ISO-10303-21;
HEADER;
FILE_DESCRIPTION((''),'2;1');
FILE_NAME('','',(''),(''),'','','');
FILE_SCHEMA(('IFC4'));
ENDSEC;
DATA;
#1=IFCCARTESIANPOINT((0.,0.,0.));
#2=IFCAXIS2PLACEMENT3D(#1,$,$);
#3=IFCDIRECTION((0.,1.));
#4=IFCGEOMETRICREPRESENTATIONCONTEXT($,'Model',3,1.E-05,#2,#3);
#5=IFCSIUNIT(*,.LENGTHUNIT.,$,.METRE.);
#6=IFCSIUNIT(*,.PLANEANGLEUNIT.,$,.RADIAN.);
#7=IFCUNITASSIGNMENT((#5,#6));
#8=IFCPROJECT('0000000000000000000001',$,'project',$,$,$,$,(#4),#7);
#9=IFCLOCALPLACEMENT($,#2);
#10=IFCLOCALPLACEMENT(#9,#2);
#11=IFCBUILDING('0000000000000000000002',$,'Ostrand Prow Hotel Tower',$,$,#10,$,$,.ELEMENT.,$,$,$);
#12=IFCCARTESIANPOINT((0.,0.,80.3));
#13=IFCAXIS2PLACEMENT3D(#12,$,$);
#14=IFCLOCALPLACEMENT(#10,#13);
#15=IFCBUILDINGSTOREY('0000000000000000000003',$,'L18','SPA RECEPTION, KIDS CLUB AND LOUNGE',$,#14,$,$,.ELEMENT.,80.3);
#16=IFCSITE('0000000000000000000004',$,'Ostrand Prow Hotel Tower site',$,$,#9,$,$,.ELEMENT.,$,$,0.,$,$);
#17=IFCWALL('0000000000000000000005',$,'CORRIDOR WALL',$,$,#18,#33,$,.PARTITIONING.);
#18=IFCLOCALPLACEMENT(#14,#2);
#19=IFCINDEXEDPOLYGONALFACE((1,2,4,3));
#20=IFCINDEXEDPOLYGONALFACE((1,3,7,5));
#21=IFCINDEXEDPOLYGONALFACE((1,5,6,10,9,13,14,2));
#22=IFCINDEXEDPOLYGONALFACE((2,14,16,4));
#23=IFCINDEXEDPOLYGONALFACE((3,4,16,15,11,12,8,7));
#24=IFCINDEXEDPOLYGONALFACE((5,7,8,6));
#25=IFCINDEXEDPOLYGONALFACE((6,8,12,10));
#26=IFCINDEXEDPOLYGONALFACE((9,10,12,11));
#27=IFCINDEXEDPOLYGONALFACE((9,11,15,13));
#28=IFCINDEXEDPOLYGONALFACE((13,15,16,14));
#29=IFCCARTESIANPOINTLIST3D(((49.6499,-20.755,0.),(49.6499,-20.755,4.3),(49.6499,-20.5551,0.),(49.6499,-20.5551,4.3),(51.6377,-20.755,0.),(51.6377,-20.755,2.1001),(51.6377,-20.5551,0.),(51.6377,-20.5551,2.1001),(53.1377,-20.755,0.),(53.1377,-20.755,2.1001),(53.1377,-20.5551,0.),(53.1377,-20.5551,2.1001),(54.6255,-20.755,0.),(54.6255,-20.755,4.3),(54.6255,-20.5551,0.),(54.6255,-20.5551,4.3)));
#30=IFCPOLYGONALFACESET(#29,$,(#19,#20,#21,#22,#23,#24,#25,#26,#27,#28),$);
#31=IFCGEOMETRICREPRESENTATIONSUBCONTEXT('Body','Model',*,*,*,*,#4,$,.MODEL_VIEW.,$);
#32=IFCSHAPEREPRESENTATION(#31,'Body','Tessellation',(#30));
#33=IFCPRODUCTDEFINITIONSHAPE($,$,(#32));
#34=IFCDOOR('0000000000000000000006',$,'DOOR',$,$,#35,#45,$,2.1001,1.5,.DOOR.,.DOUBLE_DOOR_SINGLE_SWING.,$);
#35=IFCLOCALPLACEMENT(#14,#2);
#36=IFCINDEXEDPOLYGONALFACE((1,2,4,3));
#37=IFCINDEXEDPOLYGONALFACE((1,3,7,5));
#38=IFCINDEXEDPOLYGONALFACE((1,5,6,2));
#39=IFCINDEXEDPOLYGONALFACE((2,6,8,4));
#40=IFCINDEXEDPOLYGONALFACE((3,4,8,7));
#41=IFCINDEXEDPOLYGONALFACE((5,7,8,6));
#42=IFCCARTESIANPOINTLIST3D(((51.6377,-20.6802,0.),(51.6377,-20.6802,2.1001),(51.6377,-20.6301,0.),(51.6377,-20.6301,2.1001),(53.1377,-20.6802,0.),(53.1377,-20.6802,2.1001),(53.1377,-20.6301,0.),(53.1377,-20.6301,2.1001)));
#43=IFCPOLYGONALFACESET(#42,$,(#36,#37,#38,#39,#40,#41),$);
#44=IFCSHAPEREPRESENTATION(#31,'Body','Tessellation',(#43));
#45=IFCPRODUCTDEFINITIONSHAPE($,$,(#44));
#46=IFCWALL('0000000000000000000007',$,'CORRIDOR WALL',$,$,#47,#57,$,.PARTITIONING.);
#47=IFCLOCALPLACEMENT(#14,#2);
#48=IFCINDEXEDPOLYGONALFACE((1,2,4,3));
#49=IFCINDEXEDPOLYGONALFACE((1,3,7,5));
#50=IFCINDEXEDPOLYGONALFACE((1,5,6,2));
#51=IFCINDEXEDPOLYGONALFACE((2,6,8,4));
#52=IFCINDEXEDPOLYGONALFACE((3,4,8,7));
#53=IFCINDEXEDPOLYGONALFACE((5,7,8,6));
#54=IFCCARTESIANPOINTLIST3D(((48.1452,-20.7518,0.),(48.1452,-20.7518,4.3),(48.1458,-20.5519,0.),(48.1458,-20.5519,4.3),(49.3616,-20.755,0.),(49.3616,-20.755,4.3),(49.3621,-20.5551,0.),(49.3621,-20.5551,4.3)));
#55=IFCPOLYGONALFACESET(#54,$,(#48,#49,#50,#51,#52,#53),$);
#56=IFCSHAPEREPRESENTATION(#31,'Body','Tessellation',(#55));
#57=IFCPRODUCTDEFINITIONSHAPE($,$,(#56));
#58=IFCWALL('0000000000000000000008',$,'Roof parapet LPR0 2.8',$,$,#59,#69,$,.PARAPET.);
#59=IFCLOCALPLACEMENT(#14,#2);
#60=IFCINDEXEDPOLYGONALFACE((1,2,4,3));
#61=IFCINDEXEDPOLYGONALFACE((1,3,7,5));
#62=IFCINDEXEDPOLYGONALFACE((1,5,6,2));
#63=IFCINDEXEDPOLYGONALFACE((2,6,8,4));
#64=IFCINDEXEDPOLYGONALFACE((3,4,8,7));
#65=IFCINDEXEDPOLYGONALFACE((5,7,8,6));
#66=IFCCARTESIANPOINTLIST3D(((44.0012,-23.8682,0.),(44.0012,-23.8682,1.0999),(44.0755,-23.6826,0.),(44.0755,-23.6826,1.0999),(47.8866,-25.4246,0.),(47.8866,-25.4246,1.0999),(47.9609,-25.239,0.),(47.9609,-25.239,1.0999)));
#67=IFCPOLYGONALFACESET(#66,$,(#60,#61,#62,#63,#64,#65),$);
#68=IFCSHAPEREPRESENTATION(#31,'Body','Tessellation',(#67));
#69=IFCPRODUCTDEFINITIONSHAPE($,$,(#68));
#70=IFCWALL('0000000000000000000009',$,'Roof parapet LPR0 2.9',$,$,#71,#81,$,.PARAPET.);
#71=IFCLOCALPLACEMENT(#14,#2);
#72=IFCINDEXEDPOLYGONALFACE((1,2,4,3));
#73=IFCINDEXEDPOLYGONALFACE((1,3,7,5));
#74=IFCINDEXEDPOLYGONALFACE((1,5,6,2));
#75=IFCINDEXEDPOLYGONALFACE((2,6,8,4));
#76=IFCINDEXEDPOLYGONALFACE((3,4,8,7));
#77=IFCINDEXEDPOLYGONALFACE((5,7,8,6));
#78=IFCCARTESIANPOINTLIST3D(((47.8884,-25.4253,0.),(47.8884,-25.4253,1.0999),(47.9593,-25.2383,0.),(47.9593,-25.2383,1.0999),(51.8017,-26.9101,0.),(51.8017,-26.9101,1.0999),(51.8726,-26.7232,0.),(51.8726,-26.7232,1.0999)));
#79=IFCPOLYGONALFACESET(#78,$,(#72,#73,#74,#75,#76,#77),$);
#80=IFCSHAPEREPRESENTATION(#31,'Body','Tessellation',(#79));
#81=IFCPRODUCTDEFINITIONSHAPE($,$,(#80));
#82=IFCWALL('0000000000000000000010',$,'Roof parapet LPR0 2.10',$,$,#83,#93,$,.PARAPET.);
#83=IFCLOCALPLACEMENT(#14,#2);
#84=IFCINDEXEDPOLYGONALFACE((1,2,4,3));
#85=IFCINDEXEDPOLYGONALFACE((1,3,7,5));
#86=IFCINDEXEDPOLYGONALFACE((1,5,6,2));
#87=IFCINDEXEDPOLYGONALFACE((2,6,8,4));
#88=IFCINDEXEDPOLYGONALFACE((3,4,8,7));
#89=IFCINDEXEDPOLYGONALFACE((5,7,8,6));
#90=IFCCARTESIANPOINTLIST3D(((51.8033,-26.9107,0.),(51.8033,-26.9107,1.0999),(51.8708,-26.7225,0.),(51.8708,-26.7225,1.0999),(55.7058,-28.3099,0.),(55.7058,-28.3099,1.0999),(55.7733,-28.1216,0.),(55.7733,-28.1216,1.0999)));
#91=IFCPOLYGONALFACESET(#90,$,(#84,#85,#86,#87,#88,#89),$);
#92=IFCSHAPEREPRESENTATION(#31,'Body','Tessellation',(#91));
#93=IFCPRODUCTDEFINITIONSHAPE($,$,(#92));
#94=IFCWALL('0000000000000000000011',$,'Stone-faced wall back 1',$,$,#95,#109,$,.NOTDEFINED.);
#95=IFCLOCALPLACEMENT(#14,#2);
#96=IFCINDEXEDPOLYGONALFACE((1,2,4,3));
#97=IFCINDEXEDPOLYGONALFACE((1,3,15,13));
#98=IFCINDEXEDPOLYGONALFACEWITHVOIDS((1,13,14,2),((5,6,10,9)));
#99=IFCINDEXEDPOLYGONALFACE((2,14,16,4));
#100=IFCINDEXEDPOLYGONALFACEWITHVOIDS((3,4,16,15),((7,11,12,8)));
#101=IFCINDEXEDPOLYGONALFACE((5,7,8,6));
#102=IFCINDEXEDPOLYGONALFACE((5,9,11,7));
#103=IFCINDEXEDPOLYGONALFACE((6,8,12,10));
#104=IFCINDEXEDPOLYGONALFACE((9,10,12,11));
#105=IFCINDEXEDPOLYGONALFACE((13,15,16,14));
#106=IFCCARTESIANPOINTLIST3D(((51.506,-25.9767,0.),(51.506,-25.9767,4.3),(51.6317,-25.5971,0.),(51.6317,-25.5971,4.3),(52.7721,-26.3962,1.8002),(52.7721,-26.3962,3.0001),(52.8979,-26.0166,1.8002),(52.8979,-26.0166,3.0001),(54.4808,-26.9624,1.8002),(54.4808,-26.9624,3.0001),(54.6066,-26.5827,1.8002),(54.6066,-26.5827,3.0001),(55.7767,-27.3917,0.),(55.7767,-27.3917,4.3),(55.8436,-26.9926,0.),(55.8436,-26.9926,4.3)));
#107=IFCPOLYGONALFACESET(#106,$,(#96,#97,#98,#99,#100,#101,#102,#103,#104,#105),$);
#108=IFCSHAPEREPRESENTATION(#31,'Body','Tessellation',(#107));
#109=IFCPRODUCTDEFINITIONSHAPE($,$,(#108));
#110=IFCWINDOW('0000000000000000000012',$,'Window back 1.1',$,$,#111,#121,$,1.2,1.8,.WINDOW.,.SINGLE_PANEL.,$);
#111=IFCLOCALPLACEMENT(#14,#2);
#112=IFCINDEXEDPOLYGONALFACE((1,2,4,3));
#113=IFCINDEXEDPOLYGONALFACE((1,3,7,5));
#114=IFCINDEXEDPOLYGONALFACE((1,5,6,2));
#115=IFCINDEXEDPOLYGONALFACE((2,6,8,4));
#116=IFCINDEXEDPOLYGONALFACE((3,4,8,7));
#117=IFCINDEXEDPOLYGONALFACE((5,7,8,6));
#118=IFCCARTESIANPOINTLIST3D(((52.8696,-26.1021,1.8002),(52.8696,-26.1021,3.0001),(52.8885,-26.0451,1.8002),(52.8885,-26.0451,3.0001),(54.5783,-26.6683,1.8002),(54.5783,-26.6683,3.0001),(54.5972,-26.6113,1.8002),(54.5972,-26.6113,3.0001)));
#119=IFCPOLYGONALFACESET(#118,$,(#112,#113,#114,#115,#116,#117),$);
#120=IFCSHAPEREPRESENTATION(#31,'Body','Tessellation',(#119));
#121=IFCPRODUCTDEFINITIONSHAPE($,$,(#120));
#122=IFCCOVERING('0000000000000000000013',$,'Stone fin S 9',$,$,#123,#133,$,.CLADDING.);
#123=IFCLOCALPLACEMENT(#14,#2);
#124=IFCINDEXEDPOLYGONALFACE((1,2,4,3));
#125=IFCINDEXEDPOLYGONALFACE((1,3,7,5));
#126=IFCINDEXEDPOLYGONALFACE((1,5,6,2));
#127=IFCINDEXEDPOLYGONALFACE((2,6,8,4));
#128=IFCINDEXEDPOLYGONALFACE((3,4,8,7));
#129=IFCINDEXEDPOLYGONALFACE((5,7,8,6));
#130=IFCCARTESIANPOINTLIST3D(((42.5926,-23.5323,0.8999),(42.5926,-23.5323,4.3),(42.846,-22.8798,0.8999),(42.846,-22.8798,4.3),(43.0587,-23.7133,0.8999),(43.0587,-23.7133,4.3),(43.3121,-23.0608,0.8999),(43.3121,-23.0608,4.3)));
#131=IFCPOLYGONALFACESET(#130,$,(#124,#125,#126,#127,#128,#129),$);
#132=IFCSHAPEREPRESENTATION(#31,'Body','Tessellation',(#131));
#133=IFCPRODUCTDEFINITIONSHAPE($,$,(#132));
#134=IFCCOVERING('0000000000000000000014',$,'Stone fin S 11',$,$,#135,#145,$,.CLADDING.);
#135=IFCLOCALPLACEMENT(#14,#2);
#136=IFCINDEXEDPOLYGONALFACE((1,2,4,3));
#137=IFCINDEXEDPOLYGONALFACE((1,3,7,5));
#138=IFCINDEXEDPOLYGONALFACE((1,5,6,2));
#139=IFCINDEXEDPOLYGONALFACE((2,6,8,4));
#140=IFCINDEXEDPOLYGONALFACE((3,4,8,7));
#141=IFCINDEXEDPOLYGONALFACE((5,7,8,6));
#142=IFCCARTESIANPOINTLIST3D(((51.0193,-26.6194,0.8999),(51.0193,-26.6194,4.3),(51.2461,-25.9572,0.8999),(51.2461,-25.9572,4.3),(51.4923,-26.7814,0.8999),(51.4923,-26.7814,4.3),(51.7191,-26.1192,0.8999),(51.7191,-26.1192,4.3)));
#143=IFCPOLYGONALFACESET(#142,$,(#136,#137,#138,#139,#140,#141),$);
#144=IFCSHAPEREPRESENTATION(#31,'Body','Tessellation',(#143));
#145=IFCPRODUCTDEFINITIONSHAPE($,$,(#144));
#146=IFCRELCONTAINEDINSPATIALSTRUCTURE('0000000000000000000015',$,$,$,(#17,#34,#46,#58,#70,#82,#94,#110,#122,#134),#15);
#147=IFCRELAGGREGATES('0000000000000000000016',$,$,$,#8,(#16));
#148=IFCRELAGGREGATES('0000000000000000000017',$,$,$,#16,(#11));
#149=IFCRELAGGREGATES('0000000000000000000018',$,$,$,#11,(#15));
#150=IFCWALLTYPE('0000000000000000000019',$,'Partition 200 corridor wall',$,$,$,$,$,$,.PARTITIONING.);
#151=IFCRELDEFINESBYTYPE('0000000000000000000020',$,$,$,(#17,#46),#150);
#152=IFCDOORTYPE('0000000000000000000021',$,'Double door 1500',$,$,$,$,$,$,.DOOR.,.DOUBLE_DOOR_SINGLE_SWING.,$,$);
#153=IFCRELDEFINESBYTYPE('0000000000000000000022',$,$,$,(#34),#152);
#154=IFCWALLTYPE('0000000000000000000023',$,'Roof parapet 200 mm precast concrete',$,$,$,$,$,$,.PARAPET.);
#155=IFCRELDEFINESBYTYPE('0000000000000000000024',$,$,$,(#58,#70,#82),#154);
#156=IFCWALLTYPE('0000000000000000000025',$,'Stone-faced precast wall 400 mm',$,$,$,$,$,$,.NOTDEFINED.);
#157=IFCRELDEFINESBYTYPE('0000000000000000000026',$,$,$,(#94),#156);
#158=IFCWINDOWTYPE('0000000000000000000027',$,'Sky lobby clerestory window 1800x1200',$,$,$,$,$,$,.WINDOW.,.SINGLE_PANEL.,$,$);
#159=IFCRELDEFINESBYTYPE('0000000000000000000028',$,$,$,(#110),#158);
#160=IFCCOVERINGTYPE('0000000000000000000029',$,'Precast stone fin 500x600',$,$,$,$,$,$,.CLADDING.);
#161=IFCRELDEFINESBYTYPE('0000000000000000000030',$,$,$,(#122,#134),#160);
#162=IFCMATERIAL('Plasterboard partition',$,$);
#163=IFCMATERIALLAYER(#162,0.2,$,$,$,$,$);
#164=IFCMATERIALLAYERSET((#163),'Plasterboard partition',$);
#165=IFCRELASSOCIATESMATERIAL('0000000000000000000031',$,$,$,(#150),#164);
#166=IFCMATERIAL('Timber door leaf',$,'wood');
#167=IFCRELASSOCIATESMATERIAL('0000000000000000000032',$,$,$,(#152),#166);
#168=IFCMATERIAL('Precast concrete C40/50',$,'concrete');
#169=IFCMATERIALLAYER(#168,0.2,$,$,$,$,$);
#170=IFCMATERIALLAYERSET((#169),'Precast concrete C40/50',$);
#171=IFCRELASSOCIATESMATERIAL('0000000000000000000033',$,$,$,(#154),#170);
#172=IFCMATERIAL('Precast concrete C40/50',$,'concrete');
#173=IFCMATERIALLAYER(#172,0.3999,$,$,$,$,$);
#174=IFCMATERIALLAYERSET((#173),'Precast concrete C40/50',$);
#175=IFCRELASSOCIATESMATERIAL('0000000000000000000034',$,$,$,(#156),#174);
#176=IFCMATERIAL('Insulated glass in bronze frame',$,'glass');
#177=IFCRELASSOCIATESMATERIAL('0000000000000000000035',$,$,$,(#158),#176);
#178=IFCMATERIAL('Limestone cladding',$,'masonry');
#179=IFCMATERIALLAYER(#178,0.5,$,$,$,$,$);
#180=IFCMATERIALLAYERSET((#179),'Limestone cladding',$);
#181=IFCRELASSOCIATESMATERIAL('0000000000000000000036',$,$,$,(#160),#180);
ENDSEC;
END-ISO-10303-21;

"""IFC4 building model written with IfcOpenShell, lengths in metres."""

from ifc_helpers import new_model, si_unit, direction, frame, frame_2d, origin, place, context, subcontext, project, spatial, polyline, rectangle, outline, extrude, material, layer, layer_set, type_object, element, fill, save


model = new_model("IFC4")

# Units and contexts
model_context = context("Model", 3, precision=1e-05, world=origin(), true_north=direction((0.0, 1.0)))
body_context = subcontext(model_context, "Body", "Model", "MODEL_VIEW")
ifc_project = project(units=[si_unit("LENGTHUNIT", "METRE"), si_unit("PLANEANGLEUNIT", "RADIAN")], contexts=[model_context])

# Site, building, storey
site_placement = place(None, origin())
site = spatial("IfcSite", under=ifc_project, at=site_placement, Name="Ostrand Prow Hotel Tower site", CompositionType="ELEMENT", RefElevation=0.0)
building_placement = place(site_placement, origin())
building = spatial("IfcBuilding", under=site, at=building_placement, Name="Ostrand Prow Hotel Tower", CompositionType="ELEMENT")
storey_placement = place(building_placement, frame((0.0, 0.0, 80.3)))
storey = spatial("IfcBuildingStorey", under=building, at=storey_placement, Name="L18", Description="SPA RECEPTION, KIDS CLUB AND LOUNGE", CompositionType="ELEMENT", Elevation=80.3)

# Wall, opening, door
ifc_material_1 = material(Name="Plasterboard partition")
ifc_layer_1 = layer(ifc_material_1, 0.2)
ifc_layer_set_1 = layer_set([ifc_layer_1], Name="Plasterboard partition")
wall_type_1 = type_object("IfcWallType", Name="Partition 200 corridor wall", PredefinedType="PARTITIONING", material=ifc_layer_set_1)
wall_1_placement = place(storey_placement, frame((49.6499, -20.655, 0.0), z_axis=(0.0, 0.0, 1.0), x_axis=(1.0, 0.0, 0.0)))
wall_1 = element("IfcWall", 1, at=wall_1_placement, inside=storey, type_object=wall_type_1, Name="CORRIDOR WALL", PredefinedType="PARTITIONING", context=body_context, shape_type="SweptSolid", body=[
    extrude(rectangle(XDim=4.9756, YDim=0.2, at=frame_2d((2.4878, 0.0))), origin(), (0.0, 0.0, 1.0), 4.3),
])
opening_1_placement = place(wall_1_placement, frame((1.9878, 0.0, 0.0)))
opening_1 = element("IfcOpeningElement", 2, at=opening_1_placement, cuts=wall_1, PredefinedType="OPENING", context=body_context, shape_type="SweptSolid", body=[
    extrude(rectangle(XDim=1.5, YDim=2.1001, at=frame_2d((0.75, 1.05))), frame((0.0, 0.1099, 0.0), z_axis=(0.0, -1.0, 0.0), x_axis=(1.0, 0.0, 0.0)), (0.0, 0.0, 1.0), 0.22),
])
ifc_material_2 = material(Name="Timber door leaf", Category="wood")
door_type = type_object("IfcDoorType", Name="Double door 1500", OperationType="DOUBLE_DOOR_SINGLE_SWING", PredefinedType="DOOR", material=ifc_material_2)
door_placement = place(opening_1_placement, origin())
door = element("IfcDoor", 3, at=door_placement, inside=storey, type_object=door_type, Name="DOOR", OperationType="DOUBLE_DOOR_SINGLE_SWING", OverallHeight=2.1001, OverallWidth=1.5, PredefinedType="DOOR", context=body_context, shape_type="SweptSolid", body=[
    extrude(rectangle(XDim=1.5, YDim=2.1001, at=frame_2d((0.75, 1.05))), frame((0.0, 0.0249, 0.0), z_axis=(0.0, -1.0, 0.0), x_axis=(1.0, 0.0, 0.0)), (0.0, 0.0, 1.0), 0.05),
])
fill(opening_1, door)

# Walls
wall_2_placement = place(storey_placement, frame((48.1455, -20.6519, 0.0), z_axis=(0.0, 0.0, 1.0), x_axis=(0.999997, -0.002609, 0.0)))
element("IfcWall", 4, at=wall_2_placement, inside=storey, type_object=wall_type_1, Name="CORRIDOR WALL", PredefinedType="PARTITIONING", context=body_context, shape_type="SweptSolid", body=[
    extrude(rectangle(XDim=1.2163, YDim=0.2, at=frame_2d((0.6082, 0.0))), origin(), (0.0, 0.0, 1.0), 4.3),
])
ifc_material_3 = material(Name="Precast concrete C40/50", Category="concrete")
ifc_layer_2 = layer(ifc_material_3, 0.2)
ifc_layer_set_2 = layer_set([ifc_layer_2], Name="Precast concrete C40/50")
wall_type_2 = type_object("IfcWallType", Name="Roof parapet 200 mm precast concrete", PredefinedType="PARAPET", material=ifc_layer_set_2)
for number, where, z_axis, x_axis, name in (
    (5, (44.0383, -23.7754, 0.0), (0.0, 0.0, 1.0), (0.928296, -0.371843, 0.0), "Roof parapet LPR0 2.8"),
    (6, (47.9238, -25.3318, 0.0), (0.0, 0.0, 1.0), (0.934958, -0.354758, 0.0), "Roof parapet LPR0 2.9"),
):
    element("IfcWall", number, at=place(storey_placement, frame(where, z_axis=z_axis, x_axis=x_axis)), inside=storey, type_object=wall_type_2, Name=name, PredefinedType="PARAPET", context=body_context, shape_type="SweptSolid", body=[
        extrude(rectangle(XDim=4.1855, YDim=0.2, at=frame_2d((2.0928, 0.0))), origin(), (0.0, 0.0, 1.0), 1.0999),
    ])
wall_3_placement = place(storey_placement, frame((51.8372, -26.8167, 0.0), z_axis=(0.0, 0.0, 1.0), x_axis=(0.94133, -0.337489, 0.0)))
element("IfcWall", 7, at=wall_3_placement, inside=storey, type_object=wall_type_2, Name="Roof parapet LPR0 2.10", PredefinedType="PARAPET", context=body_context, shape_type="SweptSolid", body=[
    extrude(rectangle(XDim=4.1458, YDim=0.2, at=frame_2d((2.0728, 0.0))), origin(), (0.0, 0.0, 1.0), 1.0999),
])

# Wall, opening, window
ifc_material_4 = material(Name="Precast concrete C40/50", Category="concrete")
ifc_layer_3 = layer(ifc_material_4, 0.3999)
ifc_layer_set_3 = layer_set([ifc_layer_3], Name="Precast concrete C40/50")
wall_type_3 = type_object("IfcWallType", Name="Stone-faced precast wall 400 mm", PredefinedType="NOTDEFINED", material=ifc_layer_set_3)
wall_4_placement = place(storey_placement, frame((51.5688, -25.7869, 0.0), z_axis=(0.0, 0.0, 1.0), x_axis=(0.94925, -0.314522, 0.0)))
wall_4 = element("IfcWall", 8, at=wall_4_placement, inside=storey, type_object=wall_type_3, Name="Stone-faced wall back 1", PredefinedType="NOTDEFINED", context=body_context, shape_type="SweptSolid", body=[
    extrude(outline(polyline([(0.0, -0.2), (4.499, -0.2), (4.437, 0.2), (0.0, 0.2), (0.0, -0.2)])), origin(), (0.0, 0.0, 1.0), 4.3),
])
opening_2_placement = place(wall_4_placement, frame((1.334, 0.0, 1.8)))
opening_2 = element("IfcOpeningElement", 9, at=opening_2_placement, cuts=wall_4, PredefinedType="OPENING", context=body_context, shape_type="SweptSolid", body=[
    extrude(rectangle(XDim=1.8, YDim=1.2, at=frame_2d((0.8999, 0.6001))), frame((0.0, 0.21, 0.0), z_axis=(0.0, -1.0, 0.0), x_axis=(1.0, 0.0, 0.0)), (0.0, 0.0, 1.0), 0.4199),
])
ifc_material_5 = material(Name="Insulated glass in bronze frame", Category="glass")
window_type = type_object("IfcWindowType", Name="Sky lobby clerestory window 1800x1200", PartitioningType="SINGLE_PANEL", PredefinedType="WINDOW", material=ifc_material_5)
window_placement = place(opening_2_placement, origin())
window = element("IfcWindow", 10, at=window_placement, inside=storey, type_object=window_type, Name="Window back 1.1", OverallHeight=1.2, OverallWidth=1.8, PartitioningType="SINGLE_PANEL", PredefinedType="WINDOW", context=body_context, shape_type="SweptSolid", body=[
    extrude(rectangle(XDim=1.8, YDim=1.2, at=frame_2d((0.8999, 0.6001))), frame((0.0, 0.1699, 0.0), z_axis=(0.0, -1.0, 0.0), x_axis=(1.0, 0.0, 0.0)), (0.0, 0.0, 1.0), 0.0601),
])
fill(opening_2, window)

# Coverings
ifc_material_6 = material(Name="Limestone cladding", Category="masonry")
ifc_layer_4 = layer(ifc_material_6, 0.5)
ifc_layer_set_4 = layer_set([ifc_layer_4], Name="Limestone cladding")
covering_type = type_object("IfcCoveringType", Name="Precast stone fin 500x600", PredefinedType="CLADDING", material=ifc_layer_set_4)
for number, where, z_axis, x_axis, name in (
    (11, (43.0791, -22.9702, 0.8999), (0.0, 0.0, 1.0), (-0.361992, -0.932181, 0.0), "Stone fin S 9"),
    (12, (51.4827, -26.0381, 0.8999), (0.0, 0.0, 1.0), (-0.324066, -0.946035, 0.0), "Stone fin S 11"),
):
    element("IfcCovering", number, at=place(storey_placement, frame(where, z_axis=z_axis, x_axis=x_axis)), inside=storey, type_object=covering_type, Name=name, PredefinedType="CLADDING", context=body_context, shape_type="SweptSolid", body=[
        extrude(rectangle(XDim=0.7, YDim=0.5, at=frame_2d((0.3501, 0.0))), origin(), (0.0, 0.0, 1.0), 3.4001),
    ])

save(model, "model.ifc")
